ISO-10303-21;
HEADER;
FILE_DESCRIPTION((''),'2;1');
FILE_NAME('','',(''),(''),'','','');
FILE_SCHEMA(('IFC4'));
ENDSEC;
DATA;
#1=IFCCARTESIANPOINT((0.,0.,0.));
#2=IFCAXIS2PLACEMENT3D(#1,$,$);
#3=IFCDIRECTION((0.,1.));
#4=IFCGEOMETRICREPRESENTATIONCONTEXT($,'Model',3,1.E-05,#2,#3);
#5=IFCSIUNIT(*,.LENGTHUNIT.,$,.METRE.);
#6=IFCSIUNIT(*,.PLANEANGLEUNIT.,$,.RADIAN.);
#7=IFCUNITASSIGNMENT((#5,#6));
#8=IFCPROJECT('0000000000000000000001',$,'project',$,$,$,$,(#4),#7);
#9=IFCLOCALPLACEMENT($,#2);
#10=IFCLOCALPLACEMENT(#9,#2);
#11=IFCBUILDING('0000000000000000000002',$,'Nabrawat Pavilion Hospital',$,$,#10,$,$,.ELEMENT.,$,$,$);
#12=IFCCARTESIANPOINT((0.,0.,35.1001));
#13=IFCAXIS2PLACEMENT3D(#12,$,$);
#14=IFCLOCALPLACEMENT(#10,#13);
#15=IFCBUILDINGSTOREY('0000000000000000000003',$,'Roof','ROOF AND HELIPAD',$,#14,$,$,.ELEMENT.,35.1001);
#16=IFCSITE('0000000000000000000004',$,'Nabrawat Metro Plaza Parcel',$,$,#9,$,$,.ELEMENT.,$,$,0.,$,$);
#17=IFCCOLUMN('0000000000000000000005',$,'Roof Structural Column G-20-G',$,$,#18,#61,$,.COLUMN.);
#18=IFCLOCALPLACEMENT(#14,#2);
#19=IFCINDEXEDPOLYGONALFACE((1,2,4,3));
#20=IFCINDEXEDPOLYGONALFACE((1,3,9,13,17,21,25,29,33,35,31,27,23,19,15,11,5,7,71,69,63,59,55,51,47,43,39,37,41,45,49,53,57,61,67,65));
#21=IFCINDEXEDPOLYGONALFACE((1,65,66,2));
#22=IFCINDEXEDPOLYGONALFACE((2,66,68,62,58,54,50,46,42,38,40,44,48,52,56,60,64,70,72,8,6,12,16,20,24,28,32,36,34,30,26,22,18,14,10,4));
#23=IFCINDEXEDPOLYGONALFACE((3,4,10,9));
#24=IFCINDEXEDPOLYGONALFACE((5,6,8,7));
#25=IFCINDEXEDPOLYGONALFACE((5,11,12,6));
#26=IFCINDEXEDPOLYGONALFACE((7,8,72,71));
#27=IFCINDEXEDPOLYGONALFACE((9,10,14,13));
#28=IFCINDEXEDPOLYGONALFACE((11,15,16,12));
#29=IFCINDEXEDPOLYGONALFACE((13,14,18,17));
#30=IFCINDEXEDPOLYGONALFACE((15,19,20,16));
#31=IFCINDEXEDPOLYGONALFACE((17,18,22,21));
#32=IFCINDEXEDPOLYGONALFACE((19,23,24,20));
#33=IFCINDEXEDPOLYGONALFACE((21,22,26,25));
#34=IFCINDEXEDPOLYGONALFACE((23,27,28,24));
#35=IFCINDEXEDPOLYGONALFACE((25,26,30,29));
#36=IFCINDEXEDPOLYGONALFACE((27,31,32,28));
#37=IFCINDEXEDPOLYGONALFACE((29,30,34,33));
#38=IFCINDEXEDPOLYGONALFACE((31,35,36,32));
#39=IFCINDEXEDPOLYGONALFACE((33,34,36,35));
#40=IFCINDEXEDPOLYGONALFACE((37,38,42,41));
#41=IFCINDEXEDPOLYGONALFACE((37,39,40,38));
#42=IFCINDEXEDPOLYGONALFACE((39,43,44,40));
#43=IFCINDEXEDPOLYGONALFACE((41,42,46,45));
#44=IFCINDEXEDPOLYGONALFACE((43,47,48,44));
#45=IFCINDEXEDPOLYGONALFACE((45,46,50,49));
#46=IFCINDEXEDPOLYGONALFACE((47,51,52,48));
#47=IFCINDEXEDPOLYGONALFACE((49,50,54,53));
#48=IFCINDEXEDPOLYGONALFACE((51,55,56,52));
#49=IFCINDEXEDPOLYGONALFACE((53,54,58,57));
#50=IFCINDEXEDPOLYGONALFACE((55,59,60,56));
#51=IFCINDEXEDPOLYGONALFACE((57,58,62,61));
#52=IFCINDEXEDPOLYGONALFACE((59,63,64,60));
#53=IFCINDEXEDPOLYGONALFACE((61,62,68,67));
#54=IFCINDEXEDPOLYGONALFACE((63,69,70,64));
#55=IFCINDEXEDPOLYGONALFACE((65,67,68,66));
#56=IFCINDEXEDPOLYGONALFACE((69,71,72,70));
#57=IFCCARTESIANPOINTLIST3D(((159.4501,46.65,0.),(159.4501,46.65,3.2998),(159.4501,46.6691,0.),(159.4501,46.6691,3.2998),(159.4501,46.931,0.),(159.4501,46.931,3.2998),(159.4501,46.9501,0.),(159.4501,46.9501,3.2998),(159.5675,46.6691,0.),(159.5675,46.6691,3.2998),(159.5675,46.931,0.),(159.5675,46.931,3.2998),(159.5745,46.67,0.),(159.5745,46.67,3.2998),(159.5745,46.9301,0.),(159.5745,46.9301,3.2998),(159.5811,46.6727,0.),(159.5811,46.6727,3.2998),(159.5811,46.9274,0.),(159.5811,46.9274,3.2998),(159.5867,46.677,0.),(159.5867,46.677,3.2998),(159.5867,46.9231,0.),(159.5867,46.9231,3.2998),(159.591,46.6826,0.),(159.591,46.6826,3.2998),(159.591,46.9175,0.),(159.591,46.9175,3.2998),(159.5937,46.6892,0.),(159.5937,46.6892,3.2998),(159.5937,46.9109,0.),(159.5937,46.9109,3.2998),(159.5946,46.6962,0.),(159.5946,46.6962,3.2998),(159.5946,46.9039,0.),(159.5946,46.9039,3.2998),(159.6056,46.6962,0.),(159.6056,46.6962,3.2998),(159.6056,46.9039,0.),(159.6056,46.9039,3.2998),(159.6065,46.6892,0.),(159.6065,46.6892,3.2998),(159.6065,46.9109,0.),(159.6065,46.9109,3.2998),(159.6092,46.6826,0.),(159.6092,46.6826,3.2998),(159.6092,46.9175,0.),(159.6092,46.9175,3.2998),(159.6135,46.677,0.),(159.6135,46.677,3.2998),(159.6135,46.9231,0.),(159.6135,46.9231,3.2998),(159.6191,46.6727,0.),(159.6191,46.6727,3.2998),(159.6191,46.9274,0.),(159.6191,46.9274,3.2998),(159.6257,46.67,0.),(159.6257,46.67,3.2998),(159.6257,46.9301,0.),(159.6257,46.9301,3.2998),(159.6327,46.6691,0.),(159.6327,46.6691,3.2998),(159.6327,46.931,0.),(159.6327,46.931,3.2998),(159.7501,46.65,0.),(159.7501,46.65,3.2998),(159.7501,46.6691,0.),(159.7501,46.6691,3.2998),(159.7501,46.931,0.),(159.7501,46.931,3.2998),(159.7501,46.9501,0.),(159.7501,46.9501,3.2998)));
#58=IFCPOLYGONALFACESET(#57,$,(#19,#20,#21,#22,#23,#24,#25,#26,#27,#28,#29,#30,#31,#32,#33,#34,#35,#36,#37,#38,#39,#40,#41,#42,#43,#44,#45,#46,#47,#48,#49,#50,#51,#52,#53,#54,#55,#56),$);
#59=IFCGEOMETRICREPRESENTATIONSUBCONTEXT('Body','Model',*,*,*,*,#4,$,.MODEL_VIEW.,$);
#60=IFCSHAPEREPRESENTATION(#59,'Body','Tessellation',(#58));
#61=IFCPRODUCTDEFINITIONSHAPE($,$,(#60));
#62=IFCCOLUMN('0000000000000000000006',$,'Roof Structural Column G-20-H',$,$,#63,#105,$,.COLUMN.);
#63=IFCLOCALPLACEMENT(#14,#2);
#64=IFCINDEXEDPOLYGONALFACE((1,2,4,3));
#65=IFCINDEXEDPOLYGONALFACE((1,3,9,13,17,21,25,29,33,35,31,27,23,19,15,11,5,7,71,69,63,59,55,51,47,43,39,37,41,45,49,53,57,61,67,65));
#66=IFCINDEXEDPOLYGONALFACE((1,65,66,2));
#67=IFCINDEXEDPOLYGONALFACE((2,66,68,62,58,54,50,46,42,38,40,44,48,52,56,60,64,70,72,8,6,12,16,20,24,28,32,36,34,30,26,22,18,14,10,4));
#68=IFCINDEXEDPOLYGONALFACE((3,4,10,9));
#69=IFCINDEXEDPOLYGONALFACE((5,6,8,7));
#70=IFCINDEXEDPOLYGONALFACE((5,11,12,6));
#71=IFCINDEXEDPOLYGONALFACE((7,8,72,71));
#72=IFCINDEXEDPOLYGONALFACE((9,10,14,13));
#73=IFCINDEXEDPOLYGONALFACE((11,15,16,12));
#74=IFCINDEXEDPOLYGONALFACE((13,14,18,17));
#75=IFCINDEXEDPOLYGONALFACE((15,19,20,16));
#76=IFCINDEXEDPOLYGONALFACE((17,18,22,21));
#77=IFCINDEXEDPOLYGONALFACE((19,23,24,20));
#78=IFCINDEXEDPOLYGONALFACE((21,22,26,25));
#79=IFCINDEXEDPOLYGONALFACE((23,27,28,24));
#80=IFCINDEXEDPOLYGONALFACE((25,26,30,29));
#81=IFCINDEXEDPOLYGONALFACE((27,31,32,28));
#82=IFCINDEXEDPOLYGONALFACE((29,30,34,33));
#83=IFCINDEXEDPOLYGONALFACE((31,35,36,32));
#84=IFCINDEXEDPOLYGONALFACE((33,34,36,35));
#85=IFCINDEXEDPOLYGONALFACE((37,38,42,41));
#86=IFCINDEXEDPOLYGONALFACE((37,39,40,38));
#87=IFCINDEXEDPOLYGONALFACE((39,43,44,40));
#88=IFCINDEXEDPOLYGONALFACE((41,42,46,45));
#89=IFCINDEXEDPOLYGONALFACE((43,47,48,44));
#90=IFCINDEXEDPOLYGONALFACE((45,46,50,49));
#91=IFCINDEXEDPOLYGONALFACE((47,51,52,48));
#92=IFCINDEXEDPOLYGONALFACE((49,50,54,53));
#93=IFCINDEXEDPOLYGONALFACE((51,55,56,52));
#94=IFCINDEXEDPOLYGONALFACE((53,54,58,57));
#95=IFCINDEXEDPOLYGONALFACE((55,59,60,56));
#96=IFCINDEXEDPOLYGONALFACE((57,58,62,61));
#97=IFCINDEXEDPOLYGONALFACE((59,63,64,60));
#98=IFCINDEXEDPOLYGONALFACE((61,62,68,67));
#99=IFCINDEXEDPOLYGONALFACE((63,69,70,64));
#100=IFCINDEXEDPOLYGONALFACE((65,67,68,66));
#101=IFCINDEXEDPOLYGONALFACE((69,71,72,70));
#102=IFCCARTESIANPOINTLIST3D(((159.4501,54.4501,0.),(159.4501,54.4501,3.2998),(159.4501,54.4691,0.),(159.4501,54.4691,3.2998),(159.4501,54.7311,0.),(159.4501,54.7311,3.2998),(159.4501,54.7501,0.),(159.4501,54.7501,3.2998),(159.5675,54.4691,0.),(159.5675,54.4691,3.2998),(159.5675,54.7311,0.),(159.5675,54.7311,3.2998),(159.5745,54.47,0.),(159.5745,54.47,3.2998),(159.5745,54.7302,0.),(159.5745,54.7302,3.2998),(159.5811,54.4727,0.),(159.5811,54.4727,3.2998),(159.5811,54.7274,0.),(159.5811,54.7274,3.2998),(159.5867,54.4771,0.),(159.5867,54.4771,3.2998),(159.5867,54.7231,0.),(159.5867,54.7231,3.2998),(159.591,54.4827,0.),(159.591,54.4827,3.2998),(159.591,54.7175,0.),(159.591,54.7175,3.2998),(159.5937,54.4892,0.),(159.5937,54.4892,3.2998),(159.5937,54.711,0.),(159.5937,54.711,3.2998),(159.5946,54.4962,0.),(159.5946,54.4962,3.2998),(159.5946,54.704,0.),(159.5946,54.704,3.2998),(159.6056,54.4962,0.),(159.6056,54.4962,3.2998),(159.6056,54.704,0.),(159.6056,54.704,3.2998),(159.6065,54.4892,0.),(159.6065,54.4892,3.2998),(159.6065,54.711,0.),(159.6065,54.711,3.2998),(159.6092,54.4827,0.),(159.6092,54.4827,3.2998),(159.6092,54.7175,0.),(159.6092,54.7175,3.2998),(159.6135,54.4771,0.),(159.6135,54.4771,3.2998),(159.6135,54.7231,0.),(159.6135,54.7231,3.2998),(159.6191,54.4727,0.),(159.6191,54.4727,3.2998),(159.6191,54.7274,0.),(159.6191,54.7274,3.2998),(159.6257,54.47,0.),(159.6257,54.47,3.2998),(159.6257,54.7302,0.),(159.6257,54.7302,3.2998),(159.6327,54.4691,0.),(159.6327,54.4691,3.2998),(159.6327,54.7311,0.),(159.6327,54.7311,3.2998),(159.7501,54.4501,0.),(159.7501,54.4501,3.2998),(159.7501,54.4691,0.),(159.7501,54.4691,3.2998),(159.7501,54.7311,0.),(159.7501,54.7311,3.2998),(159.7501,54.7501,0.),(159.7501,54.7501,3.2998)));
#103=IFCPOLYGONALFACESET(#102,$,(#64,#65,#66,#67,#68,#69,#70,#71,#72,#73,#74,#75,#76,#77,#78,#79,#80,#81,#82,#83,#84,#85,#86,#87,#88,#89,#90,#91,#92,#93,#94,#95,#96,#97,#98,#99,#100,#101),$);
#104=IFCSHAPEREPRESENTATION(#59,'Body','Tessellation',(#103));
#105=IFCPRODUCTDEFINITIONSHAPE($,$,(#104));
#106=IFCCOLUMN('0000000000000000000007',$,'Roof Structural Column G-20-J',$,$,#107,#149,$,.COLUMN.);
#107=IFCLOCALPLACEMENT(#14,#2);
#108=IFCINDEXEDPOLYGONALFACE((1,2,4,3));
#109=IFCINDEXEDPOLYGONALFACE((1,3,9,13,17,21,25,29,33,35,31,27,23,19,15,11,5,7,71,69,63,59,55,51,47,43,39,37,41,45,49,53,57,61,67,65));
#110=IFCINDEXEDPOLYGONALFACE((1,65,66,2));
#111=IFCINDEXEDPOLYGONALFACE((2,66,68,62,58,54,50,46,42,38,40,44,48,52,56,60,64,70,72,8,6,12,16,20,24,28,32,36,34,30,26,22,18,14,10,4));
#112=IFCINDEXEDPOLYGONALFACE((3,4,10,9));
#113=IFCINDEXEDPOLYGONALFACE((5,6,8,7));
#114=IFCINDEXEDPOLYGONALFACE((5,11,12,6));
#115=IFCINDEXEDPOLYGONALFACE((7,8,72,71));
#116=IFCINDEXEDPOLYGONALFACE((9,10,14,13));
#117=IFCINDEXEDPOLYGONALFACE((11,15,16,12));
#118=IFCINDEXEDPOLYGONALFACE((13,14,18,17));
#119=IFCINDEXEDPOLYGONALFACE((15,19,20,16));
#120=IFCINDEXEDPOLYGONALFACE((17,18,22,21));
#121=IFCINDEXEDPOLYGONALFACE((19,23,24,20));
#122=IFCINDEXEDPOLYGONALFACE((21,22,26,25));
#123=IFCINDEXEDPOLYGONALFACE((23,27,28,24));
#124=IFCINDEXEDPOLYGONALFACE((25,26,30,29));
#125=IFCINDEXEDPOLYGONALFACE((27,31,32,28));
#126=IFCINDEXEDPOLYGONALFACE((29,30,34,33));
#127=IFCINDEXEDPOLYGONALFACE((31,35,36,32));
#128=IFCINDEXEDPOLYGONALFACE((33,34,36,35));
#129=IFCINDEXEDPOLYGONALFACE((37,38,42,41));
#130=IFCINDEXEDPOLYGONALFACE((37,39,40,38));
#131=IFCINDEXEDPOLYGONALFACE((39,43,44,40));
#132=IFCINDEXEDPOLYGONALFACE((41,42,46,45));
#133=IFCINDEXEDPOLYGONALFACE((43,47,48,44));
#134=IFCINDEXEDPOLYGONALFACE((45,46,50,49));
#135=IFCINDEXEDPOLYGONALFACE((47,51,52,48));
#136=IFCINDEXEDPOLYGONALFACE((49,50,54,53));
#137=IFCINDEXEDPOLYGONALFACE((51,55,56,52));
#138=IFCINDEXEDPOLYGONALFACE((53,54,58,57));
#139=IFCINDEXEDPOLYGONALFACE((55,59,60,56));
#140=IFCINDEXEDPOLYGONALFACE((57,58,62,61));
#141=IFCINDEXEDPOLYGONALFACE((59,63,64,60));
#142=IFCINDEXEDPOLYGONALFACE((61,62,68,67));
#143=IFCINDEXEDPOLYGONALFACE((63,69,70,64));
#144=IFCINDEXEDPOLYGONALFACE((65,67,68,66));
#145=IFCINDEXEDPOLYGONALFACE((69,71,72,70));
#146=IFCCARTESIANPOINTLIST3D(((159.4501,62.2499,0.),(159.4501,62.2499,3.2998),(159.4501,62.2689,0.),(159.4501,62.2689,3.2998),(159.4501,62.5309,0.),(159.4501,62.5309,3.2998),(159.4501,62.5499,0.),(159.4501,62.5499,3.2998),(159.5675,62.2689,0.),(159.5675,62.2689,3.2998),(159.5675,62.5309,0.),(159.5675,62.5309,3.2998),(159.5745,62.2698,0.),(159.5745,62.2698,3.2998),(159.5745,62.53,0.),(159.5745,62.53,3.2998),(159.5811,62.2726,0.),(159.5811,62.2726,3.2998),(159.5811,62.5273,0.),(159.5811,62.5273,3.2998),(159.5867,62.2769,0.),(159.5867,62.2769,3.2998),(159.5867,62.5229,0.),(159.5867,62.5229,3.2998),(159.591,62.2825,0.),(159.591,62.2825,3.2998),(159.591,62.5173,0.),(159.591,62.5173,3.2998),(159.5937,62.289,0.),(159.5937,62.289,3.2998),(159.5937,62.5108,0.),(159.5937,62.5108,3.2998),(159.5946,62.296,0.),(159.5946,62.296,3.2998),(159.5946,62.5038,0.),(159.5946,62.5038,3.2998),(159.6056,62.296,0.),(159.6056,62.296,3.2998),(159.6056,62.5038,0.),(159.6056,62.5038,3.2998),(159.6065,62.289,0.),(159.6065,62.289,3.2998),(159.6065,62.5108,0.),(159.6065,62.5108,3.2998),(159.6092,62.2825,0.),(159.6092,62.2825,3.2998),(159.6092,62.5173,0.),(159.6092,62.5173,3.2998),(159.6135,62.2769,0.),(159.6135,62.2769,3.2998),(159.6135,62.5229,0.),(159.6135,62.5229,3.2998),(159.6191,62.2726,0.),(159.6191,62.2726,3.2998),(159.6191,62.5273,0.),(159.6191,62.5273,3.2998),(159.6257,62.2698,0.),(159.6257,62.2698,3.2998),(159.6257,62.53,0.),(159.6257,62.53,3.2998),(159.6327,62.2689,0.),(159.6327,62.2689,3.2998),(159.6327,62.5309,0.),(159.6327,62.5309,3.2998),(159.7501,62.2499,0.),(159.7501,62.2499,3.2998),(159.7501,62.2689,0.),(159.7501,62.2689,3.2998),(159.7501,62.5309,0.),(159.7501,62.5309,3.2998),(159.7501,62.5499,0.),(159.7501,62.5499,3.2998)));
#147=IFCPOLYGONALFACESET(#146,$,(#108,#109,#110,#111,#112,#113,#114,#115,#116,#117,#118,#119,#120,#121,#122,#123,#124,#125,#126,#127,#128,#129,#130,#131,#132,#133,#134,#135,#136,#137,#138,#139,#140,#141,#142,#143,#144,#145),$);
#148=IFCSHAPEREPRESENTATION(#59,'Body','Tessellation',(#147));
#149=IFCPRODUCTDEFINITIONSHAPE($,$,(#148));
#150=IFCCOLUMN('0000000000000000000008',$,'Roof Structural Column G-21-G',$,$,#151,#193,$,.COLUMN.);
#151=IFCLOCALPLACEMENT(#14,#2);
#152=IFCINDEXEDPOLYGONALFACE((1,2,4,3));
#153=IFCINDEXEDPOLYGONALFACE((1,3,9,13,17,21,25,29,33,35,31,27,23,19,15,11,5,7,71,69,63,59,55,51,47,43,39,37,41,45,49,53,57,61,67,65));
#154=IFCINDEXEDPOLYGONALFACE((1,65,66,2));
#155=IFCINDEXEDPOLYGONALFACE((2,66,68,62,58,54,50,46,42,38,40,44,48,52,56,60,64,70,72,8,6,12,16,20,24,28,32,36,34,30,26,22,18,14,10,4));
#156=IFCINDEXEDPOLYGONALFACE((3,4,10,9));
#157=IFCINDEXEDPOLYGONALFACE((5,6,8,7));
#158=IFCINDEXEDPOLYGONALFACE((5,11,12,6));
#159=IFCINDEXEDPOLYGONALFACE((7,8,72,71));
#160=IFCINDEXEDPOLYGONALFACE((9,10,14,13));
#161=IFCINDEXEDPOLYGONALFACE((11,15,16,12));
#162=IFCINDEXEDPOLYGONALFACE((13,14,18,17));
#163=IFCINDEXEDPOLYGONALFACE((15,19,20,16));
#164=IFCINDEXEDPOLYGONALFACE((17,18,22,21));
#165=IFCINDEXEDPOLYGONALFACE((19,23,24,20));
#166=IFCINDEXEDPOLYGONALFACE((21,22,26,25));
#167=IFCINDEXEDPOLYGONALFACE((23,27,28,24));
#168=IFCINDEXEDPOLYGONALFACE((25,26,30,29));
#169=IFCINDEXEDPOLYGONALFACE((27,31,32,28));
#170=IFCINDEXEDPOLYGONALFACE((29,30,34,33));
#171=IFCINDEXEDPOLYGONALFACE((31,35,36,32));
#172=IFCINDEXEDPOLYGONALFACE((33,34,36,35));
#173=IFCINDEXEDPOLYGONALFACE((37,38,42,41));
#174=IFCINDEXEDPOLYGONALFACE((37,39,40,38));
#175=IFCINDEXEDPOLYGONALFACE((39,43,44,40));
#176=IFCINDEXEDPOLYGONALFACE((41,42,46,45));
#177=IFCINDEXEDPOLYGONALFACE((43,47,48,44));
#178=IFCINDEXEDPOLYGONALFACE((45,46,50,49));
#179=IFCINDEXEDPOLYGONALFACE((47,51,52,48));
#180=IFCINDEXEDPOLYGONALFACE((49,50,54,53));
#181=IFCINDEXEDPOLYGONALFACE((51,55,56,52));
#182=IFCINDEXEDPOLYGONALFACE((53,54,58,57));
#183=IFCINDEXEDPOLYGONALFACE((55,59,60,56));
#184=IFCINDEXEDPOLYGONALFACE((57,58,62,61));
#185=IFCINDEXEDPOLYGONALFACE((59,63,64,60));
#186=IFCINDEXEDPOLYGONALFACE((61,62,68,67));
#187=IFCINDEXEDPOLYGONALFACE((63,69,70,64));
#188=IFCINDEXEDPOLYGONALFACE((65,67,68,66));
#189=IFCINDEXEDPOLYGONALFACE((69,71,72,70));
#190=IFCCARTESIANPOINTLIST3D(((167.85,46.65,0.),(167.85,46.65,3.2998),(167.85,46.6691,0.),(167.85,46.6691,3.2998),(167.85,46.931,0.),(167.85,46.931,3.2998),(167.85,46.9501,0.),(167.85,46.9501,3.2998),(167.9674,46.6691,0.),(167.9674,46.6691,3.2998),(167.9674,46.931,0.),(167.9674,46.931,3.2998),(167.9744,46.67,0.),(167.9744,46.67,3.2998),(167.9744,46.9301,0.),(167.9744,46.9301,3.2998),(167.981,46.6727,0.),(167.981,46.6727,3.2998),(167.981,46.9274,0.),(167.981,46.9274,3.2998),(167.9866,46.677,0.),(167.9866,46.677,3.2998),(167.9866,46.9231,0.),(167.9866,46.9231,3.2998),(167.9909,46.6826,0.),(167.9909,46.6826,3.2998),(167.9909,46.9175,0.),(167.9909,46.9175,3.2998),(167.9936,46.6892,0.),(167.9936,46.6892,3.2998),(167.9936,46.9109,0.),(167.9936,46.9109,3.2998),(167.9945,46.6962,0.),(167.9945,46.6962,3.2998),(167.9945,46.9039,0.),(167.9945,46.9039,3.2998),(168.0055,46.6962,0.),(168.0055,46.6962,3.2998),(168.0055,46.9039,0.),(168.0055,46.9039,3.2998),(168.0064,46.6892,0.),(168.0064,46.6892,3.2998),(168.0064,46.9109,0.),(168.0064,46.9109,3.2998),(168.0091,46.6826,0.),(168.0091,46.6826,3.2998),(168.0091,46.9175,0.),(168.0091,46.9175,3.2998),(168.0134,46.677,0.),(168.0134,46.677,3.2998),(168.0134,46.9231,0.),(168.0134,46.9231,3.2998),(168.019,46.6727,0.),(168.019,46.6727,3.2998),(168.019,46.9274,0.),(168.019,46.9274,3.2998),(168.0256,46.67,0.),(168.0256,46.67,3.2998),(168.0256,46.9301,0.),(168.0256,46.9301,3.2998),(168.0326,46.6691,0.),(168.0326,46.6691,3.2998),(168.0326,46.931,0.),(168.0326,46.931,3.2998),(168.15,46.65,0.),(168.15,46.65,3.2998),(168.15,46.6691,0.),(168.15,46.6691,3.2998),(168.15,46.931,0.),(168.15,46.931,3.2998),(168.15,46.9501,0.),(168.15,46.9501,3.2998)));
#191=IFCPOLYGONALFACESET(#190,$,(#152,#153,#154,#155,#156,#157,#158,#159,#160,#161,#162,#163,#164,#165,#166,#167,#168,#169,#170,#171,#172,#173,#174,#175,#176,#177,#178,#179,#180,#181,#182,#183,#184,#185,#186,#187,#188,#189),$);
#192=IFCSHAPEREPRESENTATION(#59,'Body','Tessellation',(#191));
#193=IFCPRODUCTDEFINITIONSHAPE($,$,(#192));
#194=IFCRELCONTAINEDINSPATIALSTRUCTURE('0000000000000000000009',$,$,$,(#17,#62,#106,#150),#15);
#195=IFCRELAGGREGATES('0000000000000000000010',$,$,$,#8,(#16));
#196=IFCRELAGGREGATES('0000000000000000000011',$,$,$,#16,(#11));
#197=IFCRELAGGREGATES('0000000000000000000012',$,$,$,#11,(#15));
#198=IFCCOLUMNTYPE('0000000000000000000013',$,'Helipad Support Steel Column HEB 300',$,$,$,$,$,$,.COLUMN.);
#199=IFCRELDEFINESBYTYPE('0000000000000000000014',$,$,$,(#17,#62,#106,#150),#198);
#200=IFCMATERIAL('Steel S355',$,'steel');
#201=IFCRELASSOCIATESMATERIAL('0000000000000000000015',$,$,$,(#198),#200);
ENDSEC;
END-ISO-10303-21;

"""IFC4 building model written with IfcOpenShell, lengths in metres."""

from ifc_helpers import new_model, si_unit, direction, frame, origin, origin_2d, place, context, subcontext, project, spatial, i_section, extrude, material, material_profile, profile_set, type_object, element, save


model = new_model("IFC4")

# Units and contexts
model_context = context("Model", 3, precision=1e-05, world=origin(), true_north=direction((0.0, 1.0)))
body_context = subcontext(model_context, "Body", "Model", "MODEL_VIEW")
ifc_project = project(units=[si_unit("LENGTHUNIT", "METRE"), si_unit("PLANEANGLEUNIT", "RADIAN")], contexts=[model_context])

# Site, building, storey
site_placement = place(None, origin())
site = spatial("IfcSite", under=ifc_project, at=site_placement, Name="Nabrawat Metro Plaza Parcel", CompositionType="ELEMENT", RefElevation=0.0)
building_placement = place(site_placement, origin())
building = spatial("IfcBuilding", under=site, at=building_placement, Name="Nabrawat Pavilion Hospital", CompositionType="ELEMENT")
storey_placement = place(building_placement, frame((0.0, 0.0, 35.1001)))
storey = spatial("IfcBuildingStorey", under=building, at=storey_placement, Name="Roof", Description="ROOF AND HELIPAD", CompositionType="ELEMENT", Elevation=35.1001)

# Columns
ifc_material_1 = material(Name="Steel S355", Category="steel")
ifc_material_profile_1 = material_profile(ifc_material_1, i_section(OverallWidth=0.3, OverallDepth=0.3, WebThickness=0.011, FlangeThickness=0.019, FilletRadius=0.0271, at=origin_2d()), Name="HEB 300")
ifc_profile_set_1 = profile_set([ifc_material_profile_1], Name="Steel S355")
column_type = type_object("IfcColumnType", Name="Helipad Support Steel Column HEB 300", PredefinedType="COLUMN", material=ifc_profile_set_1)
for number, where, z_axis, x_axis, name in (
    (1, (159.6001, 46.8, 0.0), (0.0, 0.0, 1.0), (1.0, 0.0, 0.0), "Roof Structural Column G-20-G"),
    (2, (159.6001, 54.6001, 0.0), (0.0, 0.0, 1.0), (1.0, 0.0, 0.0), "Roof Structural Column G-20-H"),
    (3, (159.6001, 62.3999, 0.0), (0.0, 0.0, 1.0), (1.0, 0.0, 0.0), "Roof Structural Column G-20-J"),
    (4, (168.0, 46.8, 0.0), (0.0, 0.0, 1.0), (1.0, 0.0, 0.0), "Roof Structural Column G-21-G"),
):
    element("IfcColumn", number, at=place(storey_placement, frame(where, z_axis=z_axis, x_axis=x_axis)), inside=storey, type_object=column_type, Name=name, PredefinedType="COLUMN", context=body_context, shape_type="SweptSolid", body=[
        extrude(i_section(OverallWidth=0.3, OverallDepth=0.3, WebThickness=0.011, FlangeThickness=0.019, FilletRadius=0.0271, at=origin_2d()), origin(), (0.0, 0.0, 1.0), 3.2998),
    ])

save(model, "model.ifc")
